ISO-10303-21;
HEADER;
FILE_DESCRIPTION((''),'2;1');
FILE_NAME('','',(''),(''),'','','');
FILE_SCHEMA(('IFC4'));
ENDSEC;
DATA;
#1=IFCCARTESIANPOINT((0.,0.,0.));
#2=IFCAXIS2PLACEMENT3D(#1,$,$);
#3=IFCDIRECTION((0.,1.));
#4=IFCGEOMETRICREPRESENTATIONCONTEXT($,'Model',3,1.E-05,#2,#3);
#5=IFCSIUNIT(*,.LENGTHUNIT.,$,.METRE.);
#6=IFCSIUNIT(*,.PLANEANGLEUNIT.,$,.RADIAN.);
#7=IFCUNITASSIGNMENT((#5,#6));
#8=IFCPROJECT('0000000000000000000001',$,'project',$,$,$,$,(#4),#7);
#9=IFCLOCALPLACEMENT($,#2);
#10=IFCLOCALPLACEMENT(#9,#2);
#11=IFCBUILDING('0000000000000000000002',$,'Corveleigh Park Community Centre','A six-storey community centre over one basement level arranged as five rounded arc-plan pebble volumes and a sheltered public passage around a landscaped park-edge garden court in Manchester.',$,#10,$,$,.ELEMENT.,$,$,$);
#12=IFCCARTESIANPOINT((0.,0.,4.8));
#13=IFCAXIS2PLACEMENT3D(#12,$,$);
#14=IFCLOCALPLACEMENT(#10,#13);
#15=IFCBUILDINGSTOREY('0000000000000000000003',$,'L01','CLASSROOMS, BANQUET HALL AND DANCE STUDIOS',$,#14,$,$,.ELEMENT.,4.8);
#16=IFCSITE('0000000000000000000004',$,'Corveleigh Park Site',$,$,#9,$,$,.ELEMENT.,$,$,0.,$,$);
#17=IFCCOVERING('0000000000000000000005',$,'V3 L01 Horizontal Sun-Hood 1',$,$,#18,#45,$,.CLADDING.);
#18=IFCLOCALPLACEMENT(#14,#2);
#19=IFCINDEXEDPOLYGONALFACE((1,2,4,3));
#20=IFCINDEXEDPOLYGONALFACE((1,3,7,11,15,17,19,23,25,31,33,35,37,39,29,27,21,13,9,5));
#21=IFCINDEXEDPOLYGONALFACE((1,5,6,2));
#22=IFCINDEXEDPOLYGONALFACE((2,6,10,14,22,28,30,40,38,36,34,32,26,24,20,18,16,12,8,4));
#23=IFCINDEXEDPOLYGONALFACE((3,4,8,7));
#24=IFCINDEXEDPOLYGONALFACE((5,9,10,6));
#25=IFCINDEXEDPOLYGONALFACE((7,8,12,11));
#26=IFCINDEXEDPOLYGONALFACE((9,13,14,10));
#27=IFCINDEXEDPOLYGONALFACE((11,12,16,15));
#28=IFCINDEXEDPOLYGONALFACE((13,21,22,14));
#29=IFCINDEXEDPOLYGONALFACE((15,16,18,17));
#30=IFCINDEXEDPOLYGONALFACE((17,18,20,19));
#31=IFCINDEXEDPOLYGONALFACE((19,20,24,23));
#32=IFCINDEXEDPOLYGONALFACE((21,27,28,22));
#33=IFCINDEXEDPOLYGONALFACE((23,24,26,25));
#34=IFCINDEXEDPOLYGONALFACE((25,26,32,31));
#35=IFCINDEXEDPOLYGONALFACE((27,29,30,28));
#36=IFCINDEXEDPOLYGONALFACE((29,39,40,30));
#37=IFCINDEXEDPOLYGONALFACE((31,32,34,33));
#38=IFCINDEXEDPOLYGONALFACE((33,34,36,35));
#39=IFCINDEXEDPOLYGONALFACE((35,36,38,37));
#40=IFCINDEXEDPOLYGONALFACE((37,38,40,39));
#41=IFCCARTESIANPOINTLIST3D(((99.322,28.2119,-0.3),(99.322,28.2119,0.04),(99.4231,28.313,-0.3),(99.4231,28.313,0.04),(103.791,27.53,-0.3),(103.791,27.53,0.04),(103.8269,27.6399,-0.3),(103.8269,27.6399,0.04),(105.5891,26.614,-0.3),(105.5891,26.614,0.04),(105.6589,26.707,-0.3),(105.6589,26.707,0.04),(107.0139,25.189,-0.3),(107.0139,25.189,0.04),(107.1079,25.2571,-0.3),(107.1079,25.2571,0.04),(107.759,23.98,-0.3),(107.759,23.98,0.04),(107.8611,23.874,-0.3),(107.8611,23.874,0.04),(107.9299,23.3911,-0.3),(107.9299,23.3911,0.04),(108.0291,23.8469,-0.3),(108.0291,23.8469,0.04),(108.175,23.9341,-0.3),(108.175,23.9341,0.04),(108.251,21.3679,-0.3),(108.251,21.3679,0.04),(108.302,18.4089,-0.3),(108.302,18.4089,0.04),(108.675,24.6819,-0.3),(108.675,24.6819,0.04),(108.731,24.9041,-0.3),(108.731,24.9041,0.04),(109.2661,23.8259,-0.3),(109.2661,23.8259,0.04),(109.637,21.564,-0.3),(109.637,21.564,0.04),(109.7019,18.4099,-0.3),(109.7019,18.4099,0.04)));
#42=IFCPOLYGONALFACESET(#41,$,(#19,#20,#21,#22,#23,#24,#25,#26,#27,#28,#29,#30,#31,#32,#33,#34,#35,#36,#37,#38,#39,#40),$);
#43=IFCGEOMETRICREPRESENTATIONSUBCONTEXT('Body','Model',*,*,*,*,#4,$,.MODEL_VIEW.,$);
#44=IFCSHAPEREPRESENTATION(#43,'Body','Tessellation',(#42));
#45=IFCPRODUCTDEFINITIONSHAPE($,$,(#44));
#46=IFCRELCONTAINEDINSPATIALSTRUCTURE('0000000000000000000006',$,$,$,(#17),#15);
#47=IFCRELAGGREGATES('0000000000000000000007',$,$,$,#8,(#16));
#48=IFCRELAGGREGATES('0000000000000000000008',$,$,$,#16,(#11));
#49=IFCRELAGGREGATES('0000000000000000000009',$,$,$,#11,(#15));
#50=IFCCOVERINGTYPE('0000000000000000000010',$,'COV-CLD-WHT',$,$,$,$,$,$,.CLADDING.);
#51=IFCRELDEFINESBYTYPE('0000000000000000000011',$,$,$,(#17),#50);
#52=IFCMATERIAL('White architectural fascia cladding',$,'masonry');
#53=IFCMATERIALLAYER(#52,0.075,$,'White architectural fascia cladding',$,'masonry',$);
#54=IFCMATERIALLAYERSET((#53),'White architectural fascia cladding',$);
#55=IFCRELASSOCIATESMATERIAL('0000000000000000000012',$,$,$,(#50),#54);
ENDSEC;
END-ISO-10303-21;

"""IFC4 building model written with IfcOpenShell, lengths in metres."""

from ifc_helpers import new_model, si_unit, direction, frame, origin, place, context, subcontext, project, spatial, polyline, outline, extrude, material, layer, layer_set, type_object, element, save


model = new_model("IFC4")

# Units and contexts
model_context = context("Model", 3, precision=1e-05, world=origin(), true_north=direction((0.0, 1.0)))
body_context = subcontext(model_context, "Body", "Model", "MODEL_VIEW")
ifc_project = project(units=[si_unit("LENGTHUNIT", "METRE"), si_unit("PLANEANGLEUNIT", "RADIAN")], contexts=[model_context])

# Site, building, storey
site_placement = place(None, origin())
site = spatial("IfcSite", under=ifc_project, at=site_placement, Name="Corveleigh Park Site", CompositionType="ELEMENT", RefElevation=0.0)
building_placement = place(site_placement, origin())
building = spatial("IfcBuilding", under=site, at=building_placement, Name="Corveleigh Park Community Centre", Description="A six-storey community centre over one basement level arranged as five rounded arc-plan pebble volumes and a sheltered public passage around a landscaped park-edge garden court in Manchester.", CompositionType="ELEMENT")
storey_placement = place(building_placement, frame((0.0, 0.0, 4.8)))
storey = spatial("IfcBuildingStorey", under=building, at=storey_placement, Name="L01", Description="CLASSROOMS, BANQUET HALL AND DANCE STUDIOS", CompositionType="ELEMENT", Elevation=4.8)

# Covering
ifc_material = material(Name="White architectural fascia cladding", Category="masonry")
ifc_layer = layer(ifc_material, 0.075, Name="White architectural fascia cladding", Category="masonry")
ifc_layer_set = layer_set([ifc_layer], Name="White architectural fascia cladding")
covering_type = type_object("IfcCoveringType", Name="COV-CLD-WHT", PredefinedType="CLADDING", material=ifc_layer_set)
covering_1_placement = place(storey_placement, frame((0.0, 0.0, -0.3)))
element("IfcCovering", 1, at=covering_1_placement, inside=storey, type_object=covering_type, Name="V3 L01 Horizontal Sun-Hood 1", PredefinedType="CLADDING", context=body_context, shape_type="SweptSolid", body=[
    extrude(outline(polyline([(103.8269, 27.6399), (105.6589, 26.707), (107.1079, 25.2571), (107.759, 23.98), (107.8611, 23.874), (108.0291, 23.8469), (108.175, 23.9341), (108.675, 24.6819), (108.731, 24.9041), (109.2661, 23.8259), (109.637, 21.564), (109.7019, 18.4099), (108.302, 18.4089), (108.251, 21.3679), (107.9299, 23.3911), (107.0139, 25.189), (105.5891, 26.614), (103.791, 27.53), (99.322, 28.2119), (99.4231, 28.313), (103.8269, 27.6399)])), origin(), (0.0, 0.0, 1.0), 0.3401),
])

save(model, "model.ifc")
